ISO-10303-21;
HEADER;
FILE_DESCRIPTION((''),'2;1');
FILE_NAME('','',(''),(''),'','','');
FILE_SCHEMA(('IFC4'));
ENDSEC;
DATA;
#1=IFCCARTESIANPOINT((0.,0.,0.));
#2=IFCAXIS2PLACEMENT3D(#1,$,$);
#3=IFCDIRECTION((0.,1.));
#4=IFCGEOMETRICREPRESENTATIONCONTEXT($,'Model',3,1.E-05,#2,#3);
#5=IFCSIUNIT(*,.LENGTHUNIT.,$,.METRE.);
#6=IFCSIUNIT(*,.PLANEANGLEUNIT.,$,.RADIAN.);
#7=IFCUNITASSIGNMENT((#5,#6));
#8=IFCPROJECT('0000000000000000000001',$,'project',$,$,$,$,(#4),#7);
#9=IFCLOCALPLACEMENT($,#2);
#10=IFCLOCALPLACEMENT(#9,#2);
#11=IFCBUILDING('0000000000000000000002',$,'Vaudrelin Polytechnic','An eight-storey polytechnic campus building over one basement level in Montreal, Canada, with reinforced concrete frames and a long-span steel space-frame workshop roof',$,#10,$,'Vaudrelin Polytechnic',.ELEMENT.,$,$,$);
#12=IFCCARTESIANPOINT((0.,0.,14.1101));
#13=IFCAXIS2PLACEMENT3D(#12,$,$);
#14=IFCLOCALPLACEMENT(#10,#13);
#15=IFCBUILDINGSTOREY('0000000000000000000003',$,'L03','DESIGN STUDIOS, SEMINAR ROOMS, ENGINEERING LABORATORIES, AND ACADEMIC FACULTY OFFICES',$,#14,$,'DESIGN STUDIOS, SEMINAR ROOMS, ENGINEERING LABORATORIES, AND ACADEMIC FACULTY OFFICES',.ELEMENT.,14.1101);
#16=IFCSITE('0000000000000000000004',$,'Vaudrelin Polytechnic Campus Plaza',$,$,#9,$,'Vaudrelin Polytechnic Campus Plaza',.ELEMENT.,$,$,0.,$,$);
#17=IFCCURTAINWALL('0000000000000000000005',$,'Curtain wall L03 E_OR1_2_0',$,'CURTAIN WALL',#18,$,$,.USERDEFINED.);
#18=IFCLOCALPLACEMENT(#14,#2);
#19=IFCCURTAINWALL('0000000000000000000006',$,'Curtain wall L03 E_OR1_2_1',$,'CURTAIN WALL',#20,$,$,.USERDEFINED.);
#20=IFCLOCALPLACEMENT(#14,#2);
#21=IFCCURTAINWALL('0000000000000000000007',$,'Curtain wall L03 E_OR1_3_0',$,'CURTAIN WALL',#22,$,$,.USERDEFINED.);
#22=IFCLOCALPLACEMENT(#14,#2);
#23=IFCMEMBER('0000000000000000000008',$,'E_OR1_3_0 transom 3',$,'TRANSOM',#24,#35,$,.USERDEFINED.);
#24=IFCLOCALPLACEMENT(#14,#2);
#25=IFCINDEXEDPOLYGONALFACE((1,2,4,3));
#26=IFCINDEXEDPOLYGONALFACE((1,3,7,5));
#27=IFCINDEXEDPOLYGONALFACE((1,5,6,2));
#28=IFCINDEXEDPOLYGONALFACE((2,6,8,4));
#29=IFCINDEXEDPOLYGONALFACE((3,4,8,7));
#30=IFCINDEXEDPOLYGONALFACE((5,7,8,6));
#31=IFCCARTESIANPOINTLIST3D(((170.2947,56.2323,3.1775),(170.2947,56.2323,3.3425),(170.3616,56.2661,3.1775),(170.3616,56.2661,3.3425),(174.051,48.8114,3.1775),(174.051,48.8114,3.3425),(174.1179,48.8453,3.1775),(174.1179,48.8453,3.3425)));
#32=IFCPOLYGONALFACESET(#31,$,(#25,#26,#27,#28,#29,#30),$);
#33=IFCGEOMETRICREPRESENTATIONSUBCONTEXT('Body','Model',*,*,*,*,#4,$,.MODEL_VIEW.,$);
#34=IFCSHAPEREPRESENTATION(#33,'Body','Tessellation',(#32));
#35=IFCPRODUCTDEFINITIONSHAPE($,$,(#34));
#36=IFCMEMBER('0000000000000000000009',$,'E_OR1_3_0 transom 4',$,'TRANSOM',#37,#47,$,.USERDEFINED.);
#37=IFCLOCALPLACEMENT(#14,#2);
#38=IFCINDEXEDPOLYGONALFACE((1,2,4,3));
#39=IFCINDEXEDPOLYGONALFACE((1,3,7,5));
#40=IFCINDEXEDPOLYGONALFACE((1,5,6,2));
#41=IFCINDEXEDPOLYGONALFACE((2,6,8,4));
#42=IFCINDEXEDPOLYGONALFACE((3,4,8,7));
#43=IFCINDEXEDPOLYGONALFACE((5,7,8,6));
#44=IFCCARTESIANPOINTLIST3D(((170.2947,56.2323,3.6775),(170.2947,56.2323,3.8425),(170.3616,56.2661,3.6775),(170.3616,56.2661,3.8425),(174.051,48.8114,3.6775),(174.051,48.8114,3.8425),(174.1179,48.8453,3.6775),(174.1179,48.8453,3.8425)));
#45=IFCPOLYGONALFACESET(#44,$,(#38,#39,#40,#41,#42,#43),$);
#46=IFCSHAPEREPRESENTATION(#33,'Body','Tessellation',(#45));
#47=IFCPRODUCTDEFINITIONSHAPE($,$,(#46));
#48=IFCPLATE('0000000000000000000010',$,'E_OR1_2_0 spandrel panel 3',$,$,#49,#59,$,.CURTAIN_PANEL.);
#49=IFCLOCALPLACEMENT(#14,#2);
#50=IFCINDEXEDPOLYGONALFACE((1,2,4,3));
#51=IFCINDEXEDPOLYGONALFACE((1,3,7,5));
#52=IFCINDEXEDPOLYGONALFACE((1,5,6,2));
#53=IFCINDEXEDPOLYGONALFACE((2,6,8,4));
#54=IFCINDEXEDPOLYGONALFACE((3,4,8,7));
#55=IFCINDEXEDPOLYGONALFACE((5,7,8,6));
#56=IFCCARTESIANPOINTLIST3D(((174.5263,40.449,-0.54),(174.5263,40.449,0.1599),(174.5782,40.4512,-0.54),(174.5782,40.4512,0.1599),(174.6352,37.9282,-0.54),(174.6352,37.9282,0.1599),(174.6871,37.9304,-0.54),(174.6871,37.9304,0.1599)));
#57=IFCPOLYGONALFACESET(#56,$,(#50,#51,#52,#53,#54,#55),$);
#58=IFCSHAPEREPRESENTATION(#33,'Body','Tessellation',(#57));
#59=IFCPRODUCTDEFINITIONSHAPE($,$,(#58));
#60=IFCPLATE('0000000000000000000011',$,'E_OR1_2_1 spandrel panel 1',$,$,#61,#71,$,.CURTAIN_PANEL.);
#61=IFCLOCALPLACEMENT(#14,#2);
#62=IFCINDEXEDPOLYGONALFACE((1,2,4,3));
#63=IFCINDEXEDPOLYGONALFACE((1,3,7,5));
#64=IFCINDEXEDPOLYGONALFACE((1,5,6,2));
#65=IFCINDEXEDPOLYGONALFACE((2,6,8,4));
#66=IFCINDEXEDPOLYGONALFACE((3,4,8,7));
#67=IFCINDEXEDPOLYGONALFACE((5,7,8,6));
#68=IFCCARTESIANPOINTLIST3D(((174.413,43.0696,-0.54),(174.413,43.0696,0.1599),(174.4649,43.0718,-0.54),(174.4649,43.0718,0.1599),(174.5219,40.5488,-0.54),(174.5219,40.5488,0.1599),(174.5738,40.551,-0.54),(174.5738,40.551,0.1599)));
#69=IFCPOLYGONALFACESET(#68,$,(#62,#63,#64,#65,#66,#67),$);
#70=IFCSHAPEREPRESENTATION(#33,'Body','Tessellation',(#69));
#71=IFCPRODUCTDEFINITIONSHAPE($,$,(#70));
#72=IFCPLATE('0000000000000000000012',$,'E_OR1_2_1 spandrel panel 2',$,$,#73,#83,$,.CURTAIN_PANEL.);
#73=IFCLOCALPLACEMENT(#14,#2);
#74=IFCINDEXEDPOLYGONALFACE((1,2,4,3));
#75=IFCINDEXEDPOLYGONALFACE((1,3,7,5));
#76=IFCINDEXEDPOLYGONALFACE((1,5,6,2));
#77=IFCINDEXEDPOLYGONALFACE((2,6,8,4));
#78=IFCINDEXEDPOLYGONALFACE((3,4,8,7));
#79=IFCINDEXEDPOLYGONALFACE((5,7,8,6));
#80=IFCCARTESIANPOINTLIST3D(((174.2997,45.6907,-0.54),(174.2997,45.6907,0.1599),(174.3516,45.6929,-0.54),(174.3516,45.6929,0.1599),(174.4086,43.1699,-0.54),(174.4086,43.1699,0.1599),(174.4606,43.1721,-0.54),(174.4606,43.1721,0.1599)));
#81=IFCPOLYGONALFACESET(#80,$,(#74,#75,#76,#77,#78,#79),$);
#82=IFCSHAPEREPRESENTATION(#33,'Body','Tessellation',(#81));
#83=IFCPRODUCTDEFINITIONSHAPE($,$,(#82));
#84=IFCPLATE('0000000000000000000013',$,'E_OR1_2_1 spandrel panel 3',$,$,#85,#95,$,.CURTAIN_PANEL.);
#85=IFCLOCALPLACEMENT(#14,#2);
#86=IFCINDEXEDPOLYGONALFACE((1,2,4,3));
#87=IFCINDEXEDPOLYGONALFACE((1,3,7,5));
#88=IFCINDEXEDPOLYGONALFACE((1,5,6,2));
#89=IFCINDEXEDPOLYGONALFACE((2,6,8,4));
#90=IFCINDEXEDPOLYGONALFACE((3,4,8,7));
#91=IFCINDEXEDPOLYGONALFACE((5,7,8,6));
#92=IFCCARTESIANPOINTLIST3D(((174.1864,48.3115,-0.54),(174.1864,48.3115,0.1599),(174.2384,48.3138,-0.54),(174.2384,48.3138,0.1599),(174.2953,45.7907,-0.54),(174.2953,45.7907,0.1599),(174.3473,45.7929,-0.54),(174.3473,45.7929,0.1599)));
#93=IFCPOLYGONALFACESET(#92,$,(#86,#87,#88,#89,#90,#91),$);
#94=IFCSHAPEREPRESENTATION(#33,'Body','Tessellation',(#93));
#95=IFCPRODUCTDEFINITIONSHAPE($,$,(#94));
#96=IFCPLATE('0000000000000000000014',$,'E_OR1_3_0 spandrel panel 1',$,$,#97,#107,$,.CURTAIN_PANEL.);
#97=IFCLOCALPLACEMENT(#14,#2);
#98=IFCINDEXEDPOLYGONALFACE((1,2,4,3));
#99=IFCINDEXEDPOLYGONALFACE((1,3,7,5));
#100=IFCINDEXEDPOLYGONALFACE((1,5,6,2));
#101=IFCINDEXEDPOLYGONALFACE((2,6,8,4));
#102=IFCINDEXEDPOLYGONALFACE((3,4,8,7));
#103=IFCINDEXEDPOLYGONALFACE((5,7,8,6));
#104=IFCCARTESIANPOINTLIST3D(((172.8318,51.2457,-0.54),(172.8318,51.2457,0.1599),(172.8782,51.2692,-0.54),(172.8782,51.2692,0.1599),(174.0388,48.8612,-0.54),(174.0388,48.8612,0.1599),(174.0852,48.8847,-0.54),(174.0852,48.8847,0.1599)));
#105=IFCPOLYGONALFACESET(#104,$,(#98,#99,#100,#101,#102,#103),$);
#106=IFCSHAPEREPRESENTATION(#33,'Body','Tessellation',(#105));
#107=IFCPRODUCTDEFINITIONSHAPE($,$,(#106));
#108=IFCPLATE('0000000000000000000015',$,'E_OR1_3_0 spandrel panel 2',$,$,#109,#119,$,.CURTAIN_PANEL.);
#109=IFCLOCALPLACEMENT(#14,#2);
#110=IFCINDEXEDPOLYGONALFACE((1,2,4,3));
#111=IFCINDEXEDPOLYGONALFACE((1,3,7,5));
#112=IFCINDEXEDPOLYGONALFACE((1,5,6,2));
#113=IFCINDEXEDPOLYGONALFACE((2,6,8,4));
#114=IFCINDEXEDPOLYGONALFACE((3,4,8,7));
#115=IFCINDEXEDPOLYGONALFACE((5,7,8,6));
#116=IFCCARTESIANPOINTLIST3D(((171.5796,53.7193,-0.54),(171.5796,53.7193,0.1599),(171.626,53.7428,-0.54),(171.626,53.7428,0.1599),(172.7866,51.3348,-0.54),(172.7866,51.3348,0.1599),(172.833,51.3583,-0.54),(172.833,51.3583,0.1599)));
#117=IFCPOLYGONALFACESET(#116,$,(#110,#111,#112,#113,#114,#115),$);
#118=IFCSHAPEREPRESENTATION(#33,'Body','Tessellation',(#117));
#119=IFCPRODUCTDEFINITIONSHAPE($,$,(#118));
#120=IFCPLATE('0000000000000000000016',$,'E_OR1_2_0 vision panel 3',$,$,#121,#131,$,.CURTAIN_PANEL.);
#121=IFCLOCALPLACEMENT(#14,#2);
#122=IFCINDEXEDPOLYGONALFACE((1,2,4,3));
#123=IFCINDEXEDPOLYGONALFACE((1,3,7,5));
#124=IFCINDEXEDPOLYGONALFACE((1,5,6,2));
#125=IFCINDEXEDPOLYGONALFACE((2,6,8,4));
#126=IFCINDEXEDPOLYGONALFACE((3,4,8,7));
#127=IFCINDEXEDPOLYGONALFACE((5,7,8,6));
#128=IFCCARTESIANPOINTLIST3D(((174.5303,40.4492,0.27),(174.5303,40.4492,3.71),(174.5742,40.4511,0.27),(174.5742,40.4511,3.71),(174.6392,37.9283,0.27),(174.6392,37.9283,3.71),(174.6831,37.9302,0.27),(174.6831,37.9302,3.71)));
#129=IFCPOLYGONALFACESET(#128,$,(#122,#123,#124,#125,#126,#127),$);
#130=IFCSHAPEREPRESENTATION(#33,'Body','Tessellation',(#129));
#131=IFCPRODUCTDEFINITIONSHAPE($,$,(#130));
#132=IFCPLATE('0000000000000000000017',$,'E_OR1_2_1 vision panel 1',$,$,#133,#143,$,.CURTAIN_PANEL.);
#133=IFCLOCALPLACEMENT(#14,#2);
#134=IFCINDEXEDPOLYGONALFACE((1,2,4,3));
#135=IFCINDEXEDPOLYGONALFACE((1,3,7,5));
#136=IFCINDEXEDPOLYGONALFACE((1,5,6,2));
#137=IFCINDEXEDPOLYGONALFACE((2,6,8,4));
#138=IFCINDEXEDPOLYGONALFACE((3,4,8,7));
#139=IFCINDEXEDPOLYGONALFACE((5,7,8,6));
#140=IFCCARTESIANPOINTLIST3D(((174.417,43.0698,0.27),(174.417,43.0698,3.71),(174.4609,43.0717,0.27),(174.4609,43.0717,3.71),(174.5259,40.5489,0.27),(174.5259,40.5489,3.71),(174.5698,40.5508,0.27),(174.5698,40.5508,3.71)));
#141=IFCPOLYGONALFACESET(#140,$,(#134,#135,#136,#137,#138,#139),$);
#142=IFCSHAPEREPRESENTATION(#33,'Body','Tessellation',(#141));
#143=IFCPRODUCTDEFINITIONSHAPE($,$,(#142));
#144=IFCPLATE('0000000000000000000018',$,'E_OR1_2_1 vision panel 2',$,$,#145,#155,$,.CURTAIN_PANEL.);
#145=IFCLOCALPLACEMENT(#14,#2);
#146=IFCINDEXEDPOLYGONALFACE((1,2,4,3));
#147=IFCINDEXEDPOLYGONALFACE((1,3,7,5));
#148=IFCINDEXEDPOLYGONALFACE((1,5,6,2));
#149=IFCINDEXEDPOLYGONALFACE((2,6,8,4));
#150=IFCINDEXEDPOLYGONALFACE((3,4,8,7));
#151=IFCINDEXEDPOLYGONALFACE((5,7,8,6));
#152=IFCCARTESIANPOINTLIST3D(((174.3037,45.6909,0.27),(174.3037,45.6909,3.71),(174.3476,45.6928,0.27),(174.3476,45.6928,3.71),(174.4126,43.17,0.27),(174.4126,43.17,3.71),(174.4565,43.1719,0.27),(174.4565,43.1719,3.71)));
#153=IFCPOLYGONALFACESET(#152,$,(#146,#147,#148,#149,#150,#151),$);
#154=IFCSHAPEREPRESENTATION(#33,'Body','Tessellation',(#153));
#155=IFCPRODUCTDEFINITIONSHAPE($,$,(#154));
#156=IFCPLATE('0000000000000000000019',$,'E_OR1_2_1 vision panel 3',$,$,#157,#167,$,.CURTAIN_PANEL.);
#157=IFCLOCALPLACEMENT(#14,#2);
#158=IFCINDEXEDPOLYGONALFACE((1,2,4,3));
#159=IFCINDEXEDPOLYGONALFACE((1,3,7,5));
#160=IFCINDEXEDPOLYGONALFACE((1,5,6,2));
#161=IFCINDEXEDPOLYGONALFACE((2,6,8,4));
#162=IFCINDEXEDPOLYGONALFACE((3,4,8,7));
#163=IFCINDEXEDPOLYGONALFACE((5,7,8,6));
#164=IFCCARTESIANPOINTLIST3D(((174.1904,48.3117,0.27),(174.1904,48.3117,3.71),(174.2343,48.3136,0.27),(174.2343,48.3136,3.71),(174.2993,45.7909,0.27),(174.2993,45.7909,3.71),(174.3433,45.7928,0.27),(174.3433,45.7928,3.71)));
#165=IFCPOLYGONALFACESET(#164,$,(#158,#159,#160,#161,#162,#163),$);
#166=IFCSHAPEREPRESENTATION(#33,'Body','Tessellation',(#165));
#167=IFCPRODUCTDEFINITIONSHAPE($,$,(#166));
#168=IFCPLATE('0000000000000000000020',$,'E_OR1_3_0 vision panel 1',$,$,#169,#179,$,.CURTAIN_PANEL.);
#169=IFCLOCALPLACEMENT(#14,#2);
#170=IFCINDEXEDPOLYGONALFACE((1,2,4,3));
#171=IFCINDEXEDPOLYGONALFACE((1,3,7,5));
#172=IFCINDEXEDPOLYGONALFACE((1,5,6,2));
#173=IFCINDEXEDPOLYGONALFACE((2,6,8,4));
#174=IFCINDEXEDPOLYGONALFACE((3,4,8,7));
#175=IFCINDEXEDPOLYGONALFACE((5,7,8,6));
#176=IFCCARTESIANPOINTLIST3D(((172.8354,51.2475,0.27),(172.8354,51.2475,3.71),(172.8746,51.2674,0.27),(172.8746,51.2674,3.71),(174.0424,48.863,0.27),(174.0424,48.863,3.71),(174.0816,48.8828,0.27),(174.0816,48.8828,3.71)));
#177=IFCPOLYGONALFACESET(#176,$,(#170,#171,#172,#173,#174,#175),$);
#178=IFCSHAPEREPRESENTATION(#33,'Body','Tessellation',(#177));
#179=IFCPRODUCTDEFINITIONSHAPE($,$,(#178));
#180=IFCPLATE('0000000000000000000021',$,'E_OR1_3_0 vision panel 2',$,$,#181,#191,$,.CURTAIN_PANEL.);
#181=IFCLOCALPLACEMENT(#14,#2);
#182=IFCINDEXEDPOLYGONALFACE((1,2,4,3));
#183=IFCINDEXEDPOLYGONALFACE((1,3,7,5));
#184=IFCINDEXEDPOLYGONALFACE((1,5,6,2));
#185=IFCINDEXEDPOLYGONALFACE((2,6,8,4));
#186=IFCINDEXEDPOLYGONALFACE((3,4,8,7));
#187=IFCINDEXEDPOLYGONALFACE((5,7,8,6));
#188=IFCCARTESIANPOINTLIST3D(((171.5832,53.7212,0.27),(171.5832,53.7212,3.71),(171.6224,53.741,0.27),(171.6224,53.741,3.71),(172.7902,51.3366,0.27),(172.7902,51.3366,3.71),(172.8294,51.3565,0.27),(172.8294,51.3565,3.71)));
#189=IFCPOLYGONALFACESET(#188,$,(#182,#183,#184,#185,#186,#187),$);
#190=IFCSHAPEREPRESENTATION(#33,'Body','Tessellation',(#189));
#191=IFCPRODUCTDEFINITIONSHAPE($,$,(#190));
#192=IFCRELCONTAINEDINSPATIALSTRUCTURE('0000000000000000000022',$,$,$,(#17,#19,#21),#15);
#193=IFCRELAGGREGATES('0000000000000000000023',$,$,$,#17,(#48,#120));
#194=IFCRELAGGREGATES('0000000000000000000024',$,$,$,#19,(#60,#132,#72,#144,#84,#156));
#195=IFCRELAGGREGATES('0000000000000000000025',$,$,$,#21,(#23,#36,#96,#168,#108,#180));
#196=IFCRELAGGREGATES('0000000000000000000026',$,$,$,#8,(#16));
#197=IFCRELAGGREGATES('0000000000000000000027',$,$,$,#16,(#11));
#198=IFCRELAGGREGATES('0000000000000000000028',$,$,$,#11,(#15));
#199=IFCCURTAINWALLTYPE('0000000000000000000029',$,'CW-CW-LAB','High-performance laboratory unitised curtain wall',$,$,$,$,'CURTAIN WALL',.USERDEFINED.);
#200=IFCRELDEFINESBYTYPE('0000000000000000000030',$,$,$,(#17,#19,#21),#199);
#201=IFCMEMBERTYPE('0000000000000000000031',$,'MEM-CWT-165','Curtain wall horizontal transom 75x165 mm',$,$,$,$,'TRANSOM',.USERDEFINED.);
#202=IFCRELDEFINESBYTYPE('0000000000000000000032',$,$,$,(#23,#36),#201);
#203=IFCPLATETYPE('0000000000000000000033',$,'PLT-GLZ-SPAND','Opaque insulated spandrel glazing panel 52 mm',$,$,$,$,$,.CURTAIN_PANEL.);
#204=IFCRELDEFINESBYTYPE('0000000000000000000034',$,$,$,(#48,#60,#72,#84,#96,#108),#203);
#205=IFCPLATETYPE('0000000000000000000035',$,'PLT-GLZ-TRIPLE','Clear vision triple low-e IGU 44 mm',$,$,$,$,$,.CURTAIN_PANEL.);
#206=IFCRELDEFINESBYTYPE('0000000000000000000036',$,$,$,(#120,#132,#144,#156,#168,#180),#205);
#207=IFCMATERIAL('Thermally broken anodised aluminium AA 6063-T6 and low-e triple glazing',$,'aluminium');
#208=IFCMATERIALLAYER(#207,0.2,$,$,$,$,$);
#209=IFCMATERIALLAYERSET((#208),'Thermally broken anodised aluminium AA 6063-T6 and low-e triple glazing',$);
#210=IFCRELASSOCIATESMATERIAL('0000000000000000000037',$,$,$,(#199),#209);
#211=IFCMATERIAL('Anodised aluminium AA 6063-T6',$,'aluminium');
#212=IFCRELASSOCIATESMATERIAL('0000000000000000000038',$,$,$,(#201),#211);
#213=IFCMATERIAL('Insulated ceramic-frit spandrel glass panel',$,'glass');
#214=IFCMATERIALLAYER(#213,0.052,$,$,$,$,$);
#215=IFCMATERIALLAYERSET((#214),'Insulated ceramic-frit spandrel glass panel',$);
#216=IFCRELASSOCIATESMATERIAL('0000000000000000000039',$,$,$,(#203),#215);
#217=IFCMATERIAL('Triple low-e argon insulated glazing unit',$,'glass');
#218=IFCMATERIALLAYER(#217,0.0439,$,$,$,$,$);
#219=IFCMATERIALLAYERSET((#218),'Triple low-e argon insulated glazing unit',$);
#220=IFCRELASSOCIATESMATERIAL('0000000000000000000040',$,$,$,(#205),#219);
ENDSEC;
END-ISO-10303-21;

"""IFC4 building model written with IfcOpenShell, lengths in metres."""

from ifc_helpers import new_model, si_unit, direction, frame, origin, origin_2d, place, context, subcontext, project, spatial, rectangle, extrude, material, layer, layer_set, material_profile, profile_set, type_object, element, aggregate, save


model = new_model("IFC4")

# Units and contexts
model_context = context("Model", 3, precision=1e-05, world=origin(), true_north=direction((0.0, 1.0)))
body_context = subcontext(model_context, "Body", "Model", "MODEL_VIEW")
ifc_project = project(units=[si_unit("LENGTHUNIT", "METRE"), si_unit("PLANEANGLEUNIT", "RADIAN")], contexts=[model_context])

# Site, building, storey
site_placement = place(None, origin())
site = spatial("IfcSite", under=ifc_project, at=site_placement, Name="Vaudrelin Polytechnic Campus Plaza", LongName="Vaudrelin Polytechnic Campus Plaza", CompositionType="ELEMENT", RefElevation=0.0)
building_placement = place(site_placement, origin())
building = spatial("IfcBuilding", under=site, at=building_placement, Name="Vaudrelin Polytechnic", Description="An eight-storey polytechnic campus building over one basement level in Montreal, Canada, with reinforced concrete frames and a long-span steel space-frame workshop roof", LongName="Vaudrelin Polytechnic", CompositionType="ELEMENT")
storey_placement = place(building_placement, frame((0.0, 0.0, 14.1101)))
storey = spatial("IfcBuildingStorey", under=building, at=storey_placement, Name="L03", Description="DESIGN STUDIOS, SEMINAR ROOMS, ENGINEERING LABORATORIES, AND ACADEMIC FACULTY OFFICES", LongName="DESIGN STUDIOS, SEMINAR ROOMS, ENGINEERING LABORATORIES, AND ACADEMIC FACULTY OFFICES", CompositionType="ELEMENT", Elevation=14.1101)

# Curtain walls
ifc_material_1 = material(Name="Thermally broken anodised aluminium AA 6063-T6 and low-e triple glazing", Category="aluminium")
ifc_layer_1 = layer(ifc_material_1, 0.2)
ifc_layer_set_1 = layer_set([ifc_layer_1], Name="Thermally broken anodised aluminium AA 6063-T6 and low-e triple glazing")
curtain_wall_type = type_object("IfcCurtainWallType", Name="CW-CW-LAB", Description="High-performance laboratory unitised curtain wall", ElementType="CURTAIN WALL", PredefinedType="USERDEFINED", material=ifc_layer_set_1)
curtain_wall_1_placement = place(storey_placement, origin())
curtain_wall_1 = element("IfcCurtainWall", 1, at=curtain_wall_1_placement, inside=storey, type_object=curtain_wall_type, Name="Curtain wall L03 E_OR1_2_0", ObjectType="CURTAIN WALL", PredefinedType="USERDEFINED")
ifc_material_2 = material(Name="Anodised aluminium AA 6063-T6", Category="aluminium")
curtain_wall_2_placement = place(storey_placement, origin())
curtain_wall_2 = element("IfcCurtainWall", 2, at=curtain_wall_2_placement, inside=storey, type_object=curtain_wall_type, Name="Curtain wall L03 E_OR1_2_1", ObjectType="CURTAIN WALL", PredefinedType="USERDEFINED")
curtain_wall_3_placement = place(storey_placement, origin())
curtain_wall_3 = element("IfcCurtainWall", 3, at=curtain_wall_3_placement, inside=storey, type_object=curtain_wall_type, Name="Curtain wall L03 E_OR1_3_0", ObjectType="CURTAIN WALL", PredefinedType="USERDEFINED")

# Members
ifc_material_profile_1 = material_profile(ifc_material_2, rectangle(XDim=0.075, YDim=0.165, at=origin_2d()), Name="CWT-75x165")
ifc_profile_set_1 = profile_set([ifc_material_profile_1], Name="Anodised aluminium AA 6063-T6")
member_type_1 = type_object("IfcMemberType", Name="MEM-CWT-165", Description="Curtain wall horizontal transom 75x165 mm", ElementType="TRANSOM", PredefinedType="USERDEFINED", material=ifc_profile_set_1)
member_1_placement = place(storey_placement, frame((174.0845, 48.8284, 3.26), z_axis=(-0.451623, 0.892209, 0.0), x_axis=(-0.892209, -0.451623, 0.0)))
member_1 = element("IfcMember", 4, at=member_1_placement, type_object=member_type_1, Name="E_OR1_3_0 transom 3", ObjectType="TRANSOM", PredefinedType="USERDEFINED", context=body_context, shape_type="SweptSolid", body=[
    extrude(rectangle(XDim=0.075, YDim=0.165, at=origin_2d()), origin(), (0.0, 0.0, 1.0), 8.3174),
])
member_2_placement = place(storey_placement, frame((174.0845, 48.8284, 3.76), z_axis=(-0.451623, 0.892209, 0.0), x_axis=(-0.892209, -0.451623, 0.0)))
member_2 = element("IfcMember", 5, at=member_2_placement, type_object=member_type_1, Name="E_OR1_3_0 transom 4", ObjectType="TRANSOM", PredefinedType="USERDEFINED", context=body_context, shape_type="SweptSolid", body=[
    extrude(rectangle(XDim=0.075, YDim=0.165, at=origin_2d()), origin(), (0.0, 0.0, 1.0), 8.3174),
])

# Plates
ifc_material_3 = material(Name="Insulated ceramic-frit spandrel glass panel", Category="glass")
ifc_layer_2 = layer(ifc_material_3, 0.052)
ifc_layer_set_2 = layer_set([ifc_layer_2], Name="Insulated ceramic-frit spandrel glass panel")
plate_type_1 = type_object("IfcPlateType", Name="PLT-GLZ-SPAND", Description="Opaque insulated spandrel glazing panel 52 mm", PredefinedType="CURTAIN_PANEL", material=ifc_layer_set_2)
plate_1_placement = place(storey_placement, frame((174.6067, 39.1897, -0.54), z_axis=(0.0, 0.0, 1.0), x_axis=(-0.043164, 0.999068, 0.0)))
plate_1 = element("IfcPlate", 6, at=plate_1_placement, type_object=plate_type_1, Name="E_OR1_2_0 spandrel panel 3", PredefinedType="CURTAIN_PANEL", context=body_context, shape_type="SweptSolid", body=[
    extrude(rectangle(XDim=2.5232, YDim=0.052, at=origin_2d()), origin(), (0.0, 0.0, 1.0), 0.7),
])
plate_2_placement = place(storey_placement, frame((174.4934, 41.8103, -0.54), z_axis=(0.0, 0.0, 1.0), x_axis=(-0.043164, 0.999068, 0.0)))
plate_2 = element("IfcPlate", 7, at=plate_2_placement, type_object=plate_type_1, Name="E_OR1_2_1 spandrel panel 1", PredefinedType="CURTAIN_PANEL", context=body_context, shape_type="SweptSolid", body=[
    extrude(rectangle(XDim=2.5232, YDim=0.052, at=origin_2d()), origin(), (0.0, 0.0, 1.0), 0.7),
])
plate_3_placement = place(storey_placement, frame((174.3801, 44.4314, -0.54), z_axis=(0.0, 0.0, 1.0), x_axis=(-0.043164, 0.999068, 0.0)))
plate_3 = element("IfcPlate", 8, at=plate_3_placement, type_object=plate_type_1, Name="E_OR1_2_1 spandrel panel 2", PredefinedType="CURTAIN_PANEL", context=body_context, shape_type="SweptSolid", body=[
    extrude(rectangle(XDim=2.5232, YDim=0.052, at=origin_2d()), origin(), (0.0, 0.0, 1.0), 0.7),
])
plate_4_placement = place(storey_placement, frame((174.2668, 47.0522, -0.54), z_axis=(0.0, 0.0, 1.0), x_axis=(-0.043164, 0.999068, 0.0)))
plate_4 = element("IfcPlate", 9, at=plate_4_placement, type_object=plate_type_1, Name="E_OR1_2_1 spandrel panel 3", PredefinedType="CURTAIN_PANEL", context=body_context, shape_type="SweptSolid", body=[
    extrude(rectangle(XDim=2.5232, YDim=0.052, at=origin_2d()), origin(), (0.0, 0.0, 1.0), 0.7),
])
plate_5_placement = place(storey_placement, frame((173.4585, 50.0652, -0.54), z_axis=(0.0, 0.0, 1.0), x_axis=(-0.451609, 0.892216, 0.0)))
plate_5 = element("IfcPlate", 10, at=plate_5_placement, type_object=plate_type_1, Name="E_OR1_3_0 spandrel panel 1", PredefinedType="CURTAIN_PANEL", context=body_context, shape_type="SweptSolid", body=[
    extrude(rectangle(XDim=2.6726, YDim=0.052, at=origin_2d()), origin(), (0.0, 0.0, 1.0), 0.7),
])
plate_6_placement = place(storey_placement, frame((172.2063, 52.5388, -0.54), z_axis=(0.0, 0.0, 1.0), x_axis=(-0.451609, 0.892216, 0.0)))
plate_6 = element("IfcPlate", 11, at=plate_6_placement, type_object=plate_type_1, Name="E_OR1_3_0 spandrel panel 2", PredefinedType="CURTAIN_PANEL", context=body_context, shape_type="SweptSolid", body=[
    extrude(rectangle(XDim=2.6726, YDim=0.052, at=origin_2d()), origin(), (0.0, 0.0, 1.0), 0.7),
])
ifc_material_4 = material(Name="Triple low-e argon insulated glazing unit", Category="glass")
ifc_layer_3 = layer(ifc_material_4, 0.0439)
ifc_layer_set_3 = layer_set([ifc_layer_3], Name="Triple low-e argon insulated glazing unit")
plate_type_2 = type_object("IfcPlateType", Name="PLT-GLZ-TRIPLE", Description="Clear vision triple low-e IGU 44 mm", PredefinedType="CURTAIN_PANEL", material=ifc_layer_set_3)
plate_7_placement = place(storey_placement, frame((174.6067, 39.1897, 0.27), z_axis=(0.0, 0.0, 1.0), x_axis=(-0.043164, 0.999068, 0.0)))
plate_7 = element("IfcPlate", 12, at=plate_7_placement, type_object=plate_type_2, Name="E_OR1_2_0 vision panel 3", PredefinedType="CURTAIN_PANEL", context=body_context, shape_type="SweptSolid", body=[
    extrude(rectangle(XDim=2.5232, YDim=0.0439, at=origin_2d()), origin(), (0.0, 0.0, 1.0), 3.4399),
])
aggregate(curtain_wall_1, [plate_1, plate_7])
plate_8_placement = place(storey_placement, frame((174.4934, 41.8103, 0.27), z_axis=(0.0, 0.0, 1.0), x_axis=(-0.043164, 0.999068, 0.0)))
plate_8 = element("IfcPlate", 13, at=plate_8_placement, type_object=plate_type_2, Name="E_OR1_2_1 vision panel 1", PredefinedType="CURTAIN_PANEL", context=body_context, shape_type="SweptSolid", body=[
    extrude(rectangle(XDim=2.5232, YDim=0.0439, at=origin_2d()), origin(), (0.0, 0.0, 1.0), 3.4399),
])
plate_9_placement = place(storey_placement, frame((174.3801, 44.4314, 0.27), z_axis=(0.0, 0.0, 1.0), x_axis=(-0.043164, 0.999068, 0.0)))
plate_9 = element("IfcPlate", 14, at=plate_9_placement, type_object=plate_type_2, Name="E_OR1_2_1 vision panel 2", PredefinedType="CURTAIN_PANEL", context=body_context, shape_type="SweptSolid", body=[
    extrude(rectangle(XDim=2.5232, YDim=0.0439, at=origin_2d()), origin(), (0.0, 0.0, 1.0), 3.4399),
])
plate_10_placement = place(storey_placement, frame((174.2668, 47.0522, 0.27), z_axis=(0.0, 0.0, 1.0), x_axis=(-0.043164, 0.999068, 0.0)))
plate_10 = element("IfcPlate", 15, at=plate_10_placement, type_object=plate_type_2, Name="E_OR1_2_1 vision panel 3", PredefinedType="CURTAIN_PANEL", context=body_context, shape_type="SweptSolid", body=[
    extrude(rectangle(XDim=2.5232, YDim=0.0439, at=origin_2d()), origin(), (0.0, 0.0, 1.0), 3.4399),
])
aggregate(curtain_wall_2, [plate_2, plate_8, plate_3, plate_9, plate_4, plate_10])
plate_11_placement = place(storey_placement, frame((173.4585, 50.0652, 0.27), z_axis=(0.0, 0.0, 1.0), x_axis=(-0.451609, 0.892216, 0.0)))
plate_11 = element("IfcPlate", 16, at=plate_11_placement, type_object=plate_type_2, Name="E_OR1_3_0 vision panel 1", PredefinedType="CURTAIN_PANEL", context=body_context, shape_type="SweptSolid", body=[
    extrude(rectangle(XDim=2.6726, YDim=0.0439, at=origin_2d()), origin(), (0.0, 0.0, 1.0), 3.4399),
])
plate_12_placement = place(storey_placement, frame((172.2063, 52.5388, 0.27), z_axis=(0.0, 0.0, 1.0), x_axis=(-0.451609, 0.892216, 0.0)))
plate_12 = element("IfcPlate", 17, at=plate_12_placement, type_object=plate_type_2, Name="E_OR1_3_0 vision panel 2", PredefinedType="CURTAIN_PANEL", context=body_context, shape_type="SweptSolid", body=[
    extrude(rectangle(XDim=2.6726, YDim=0.0439, at=origin_2d()), origin(), (0.0, 0.0, 1.0), 3.4399),
])
aggregate(curtain_wall_3, [member_1, member_2, plate_5, plate_11, plate_6, plate_12])

save(model, "model.ifc")
